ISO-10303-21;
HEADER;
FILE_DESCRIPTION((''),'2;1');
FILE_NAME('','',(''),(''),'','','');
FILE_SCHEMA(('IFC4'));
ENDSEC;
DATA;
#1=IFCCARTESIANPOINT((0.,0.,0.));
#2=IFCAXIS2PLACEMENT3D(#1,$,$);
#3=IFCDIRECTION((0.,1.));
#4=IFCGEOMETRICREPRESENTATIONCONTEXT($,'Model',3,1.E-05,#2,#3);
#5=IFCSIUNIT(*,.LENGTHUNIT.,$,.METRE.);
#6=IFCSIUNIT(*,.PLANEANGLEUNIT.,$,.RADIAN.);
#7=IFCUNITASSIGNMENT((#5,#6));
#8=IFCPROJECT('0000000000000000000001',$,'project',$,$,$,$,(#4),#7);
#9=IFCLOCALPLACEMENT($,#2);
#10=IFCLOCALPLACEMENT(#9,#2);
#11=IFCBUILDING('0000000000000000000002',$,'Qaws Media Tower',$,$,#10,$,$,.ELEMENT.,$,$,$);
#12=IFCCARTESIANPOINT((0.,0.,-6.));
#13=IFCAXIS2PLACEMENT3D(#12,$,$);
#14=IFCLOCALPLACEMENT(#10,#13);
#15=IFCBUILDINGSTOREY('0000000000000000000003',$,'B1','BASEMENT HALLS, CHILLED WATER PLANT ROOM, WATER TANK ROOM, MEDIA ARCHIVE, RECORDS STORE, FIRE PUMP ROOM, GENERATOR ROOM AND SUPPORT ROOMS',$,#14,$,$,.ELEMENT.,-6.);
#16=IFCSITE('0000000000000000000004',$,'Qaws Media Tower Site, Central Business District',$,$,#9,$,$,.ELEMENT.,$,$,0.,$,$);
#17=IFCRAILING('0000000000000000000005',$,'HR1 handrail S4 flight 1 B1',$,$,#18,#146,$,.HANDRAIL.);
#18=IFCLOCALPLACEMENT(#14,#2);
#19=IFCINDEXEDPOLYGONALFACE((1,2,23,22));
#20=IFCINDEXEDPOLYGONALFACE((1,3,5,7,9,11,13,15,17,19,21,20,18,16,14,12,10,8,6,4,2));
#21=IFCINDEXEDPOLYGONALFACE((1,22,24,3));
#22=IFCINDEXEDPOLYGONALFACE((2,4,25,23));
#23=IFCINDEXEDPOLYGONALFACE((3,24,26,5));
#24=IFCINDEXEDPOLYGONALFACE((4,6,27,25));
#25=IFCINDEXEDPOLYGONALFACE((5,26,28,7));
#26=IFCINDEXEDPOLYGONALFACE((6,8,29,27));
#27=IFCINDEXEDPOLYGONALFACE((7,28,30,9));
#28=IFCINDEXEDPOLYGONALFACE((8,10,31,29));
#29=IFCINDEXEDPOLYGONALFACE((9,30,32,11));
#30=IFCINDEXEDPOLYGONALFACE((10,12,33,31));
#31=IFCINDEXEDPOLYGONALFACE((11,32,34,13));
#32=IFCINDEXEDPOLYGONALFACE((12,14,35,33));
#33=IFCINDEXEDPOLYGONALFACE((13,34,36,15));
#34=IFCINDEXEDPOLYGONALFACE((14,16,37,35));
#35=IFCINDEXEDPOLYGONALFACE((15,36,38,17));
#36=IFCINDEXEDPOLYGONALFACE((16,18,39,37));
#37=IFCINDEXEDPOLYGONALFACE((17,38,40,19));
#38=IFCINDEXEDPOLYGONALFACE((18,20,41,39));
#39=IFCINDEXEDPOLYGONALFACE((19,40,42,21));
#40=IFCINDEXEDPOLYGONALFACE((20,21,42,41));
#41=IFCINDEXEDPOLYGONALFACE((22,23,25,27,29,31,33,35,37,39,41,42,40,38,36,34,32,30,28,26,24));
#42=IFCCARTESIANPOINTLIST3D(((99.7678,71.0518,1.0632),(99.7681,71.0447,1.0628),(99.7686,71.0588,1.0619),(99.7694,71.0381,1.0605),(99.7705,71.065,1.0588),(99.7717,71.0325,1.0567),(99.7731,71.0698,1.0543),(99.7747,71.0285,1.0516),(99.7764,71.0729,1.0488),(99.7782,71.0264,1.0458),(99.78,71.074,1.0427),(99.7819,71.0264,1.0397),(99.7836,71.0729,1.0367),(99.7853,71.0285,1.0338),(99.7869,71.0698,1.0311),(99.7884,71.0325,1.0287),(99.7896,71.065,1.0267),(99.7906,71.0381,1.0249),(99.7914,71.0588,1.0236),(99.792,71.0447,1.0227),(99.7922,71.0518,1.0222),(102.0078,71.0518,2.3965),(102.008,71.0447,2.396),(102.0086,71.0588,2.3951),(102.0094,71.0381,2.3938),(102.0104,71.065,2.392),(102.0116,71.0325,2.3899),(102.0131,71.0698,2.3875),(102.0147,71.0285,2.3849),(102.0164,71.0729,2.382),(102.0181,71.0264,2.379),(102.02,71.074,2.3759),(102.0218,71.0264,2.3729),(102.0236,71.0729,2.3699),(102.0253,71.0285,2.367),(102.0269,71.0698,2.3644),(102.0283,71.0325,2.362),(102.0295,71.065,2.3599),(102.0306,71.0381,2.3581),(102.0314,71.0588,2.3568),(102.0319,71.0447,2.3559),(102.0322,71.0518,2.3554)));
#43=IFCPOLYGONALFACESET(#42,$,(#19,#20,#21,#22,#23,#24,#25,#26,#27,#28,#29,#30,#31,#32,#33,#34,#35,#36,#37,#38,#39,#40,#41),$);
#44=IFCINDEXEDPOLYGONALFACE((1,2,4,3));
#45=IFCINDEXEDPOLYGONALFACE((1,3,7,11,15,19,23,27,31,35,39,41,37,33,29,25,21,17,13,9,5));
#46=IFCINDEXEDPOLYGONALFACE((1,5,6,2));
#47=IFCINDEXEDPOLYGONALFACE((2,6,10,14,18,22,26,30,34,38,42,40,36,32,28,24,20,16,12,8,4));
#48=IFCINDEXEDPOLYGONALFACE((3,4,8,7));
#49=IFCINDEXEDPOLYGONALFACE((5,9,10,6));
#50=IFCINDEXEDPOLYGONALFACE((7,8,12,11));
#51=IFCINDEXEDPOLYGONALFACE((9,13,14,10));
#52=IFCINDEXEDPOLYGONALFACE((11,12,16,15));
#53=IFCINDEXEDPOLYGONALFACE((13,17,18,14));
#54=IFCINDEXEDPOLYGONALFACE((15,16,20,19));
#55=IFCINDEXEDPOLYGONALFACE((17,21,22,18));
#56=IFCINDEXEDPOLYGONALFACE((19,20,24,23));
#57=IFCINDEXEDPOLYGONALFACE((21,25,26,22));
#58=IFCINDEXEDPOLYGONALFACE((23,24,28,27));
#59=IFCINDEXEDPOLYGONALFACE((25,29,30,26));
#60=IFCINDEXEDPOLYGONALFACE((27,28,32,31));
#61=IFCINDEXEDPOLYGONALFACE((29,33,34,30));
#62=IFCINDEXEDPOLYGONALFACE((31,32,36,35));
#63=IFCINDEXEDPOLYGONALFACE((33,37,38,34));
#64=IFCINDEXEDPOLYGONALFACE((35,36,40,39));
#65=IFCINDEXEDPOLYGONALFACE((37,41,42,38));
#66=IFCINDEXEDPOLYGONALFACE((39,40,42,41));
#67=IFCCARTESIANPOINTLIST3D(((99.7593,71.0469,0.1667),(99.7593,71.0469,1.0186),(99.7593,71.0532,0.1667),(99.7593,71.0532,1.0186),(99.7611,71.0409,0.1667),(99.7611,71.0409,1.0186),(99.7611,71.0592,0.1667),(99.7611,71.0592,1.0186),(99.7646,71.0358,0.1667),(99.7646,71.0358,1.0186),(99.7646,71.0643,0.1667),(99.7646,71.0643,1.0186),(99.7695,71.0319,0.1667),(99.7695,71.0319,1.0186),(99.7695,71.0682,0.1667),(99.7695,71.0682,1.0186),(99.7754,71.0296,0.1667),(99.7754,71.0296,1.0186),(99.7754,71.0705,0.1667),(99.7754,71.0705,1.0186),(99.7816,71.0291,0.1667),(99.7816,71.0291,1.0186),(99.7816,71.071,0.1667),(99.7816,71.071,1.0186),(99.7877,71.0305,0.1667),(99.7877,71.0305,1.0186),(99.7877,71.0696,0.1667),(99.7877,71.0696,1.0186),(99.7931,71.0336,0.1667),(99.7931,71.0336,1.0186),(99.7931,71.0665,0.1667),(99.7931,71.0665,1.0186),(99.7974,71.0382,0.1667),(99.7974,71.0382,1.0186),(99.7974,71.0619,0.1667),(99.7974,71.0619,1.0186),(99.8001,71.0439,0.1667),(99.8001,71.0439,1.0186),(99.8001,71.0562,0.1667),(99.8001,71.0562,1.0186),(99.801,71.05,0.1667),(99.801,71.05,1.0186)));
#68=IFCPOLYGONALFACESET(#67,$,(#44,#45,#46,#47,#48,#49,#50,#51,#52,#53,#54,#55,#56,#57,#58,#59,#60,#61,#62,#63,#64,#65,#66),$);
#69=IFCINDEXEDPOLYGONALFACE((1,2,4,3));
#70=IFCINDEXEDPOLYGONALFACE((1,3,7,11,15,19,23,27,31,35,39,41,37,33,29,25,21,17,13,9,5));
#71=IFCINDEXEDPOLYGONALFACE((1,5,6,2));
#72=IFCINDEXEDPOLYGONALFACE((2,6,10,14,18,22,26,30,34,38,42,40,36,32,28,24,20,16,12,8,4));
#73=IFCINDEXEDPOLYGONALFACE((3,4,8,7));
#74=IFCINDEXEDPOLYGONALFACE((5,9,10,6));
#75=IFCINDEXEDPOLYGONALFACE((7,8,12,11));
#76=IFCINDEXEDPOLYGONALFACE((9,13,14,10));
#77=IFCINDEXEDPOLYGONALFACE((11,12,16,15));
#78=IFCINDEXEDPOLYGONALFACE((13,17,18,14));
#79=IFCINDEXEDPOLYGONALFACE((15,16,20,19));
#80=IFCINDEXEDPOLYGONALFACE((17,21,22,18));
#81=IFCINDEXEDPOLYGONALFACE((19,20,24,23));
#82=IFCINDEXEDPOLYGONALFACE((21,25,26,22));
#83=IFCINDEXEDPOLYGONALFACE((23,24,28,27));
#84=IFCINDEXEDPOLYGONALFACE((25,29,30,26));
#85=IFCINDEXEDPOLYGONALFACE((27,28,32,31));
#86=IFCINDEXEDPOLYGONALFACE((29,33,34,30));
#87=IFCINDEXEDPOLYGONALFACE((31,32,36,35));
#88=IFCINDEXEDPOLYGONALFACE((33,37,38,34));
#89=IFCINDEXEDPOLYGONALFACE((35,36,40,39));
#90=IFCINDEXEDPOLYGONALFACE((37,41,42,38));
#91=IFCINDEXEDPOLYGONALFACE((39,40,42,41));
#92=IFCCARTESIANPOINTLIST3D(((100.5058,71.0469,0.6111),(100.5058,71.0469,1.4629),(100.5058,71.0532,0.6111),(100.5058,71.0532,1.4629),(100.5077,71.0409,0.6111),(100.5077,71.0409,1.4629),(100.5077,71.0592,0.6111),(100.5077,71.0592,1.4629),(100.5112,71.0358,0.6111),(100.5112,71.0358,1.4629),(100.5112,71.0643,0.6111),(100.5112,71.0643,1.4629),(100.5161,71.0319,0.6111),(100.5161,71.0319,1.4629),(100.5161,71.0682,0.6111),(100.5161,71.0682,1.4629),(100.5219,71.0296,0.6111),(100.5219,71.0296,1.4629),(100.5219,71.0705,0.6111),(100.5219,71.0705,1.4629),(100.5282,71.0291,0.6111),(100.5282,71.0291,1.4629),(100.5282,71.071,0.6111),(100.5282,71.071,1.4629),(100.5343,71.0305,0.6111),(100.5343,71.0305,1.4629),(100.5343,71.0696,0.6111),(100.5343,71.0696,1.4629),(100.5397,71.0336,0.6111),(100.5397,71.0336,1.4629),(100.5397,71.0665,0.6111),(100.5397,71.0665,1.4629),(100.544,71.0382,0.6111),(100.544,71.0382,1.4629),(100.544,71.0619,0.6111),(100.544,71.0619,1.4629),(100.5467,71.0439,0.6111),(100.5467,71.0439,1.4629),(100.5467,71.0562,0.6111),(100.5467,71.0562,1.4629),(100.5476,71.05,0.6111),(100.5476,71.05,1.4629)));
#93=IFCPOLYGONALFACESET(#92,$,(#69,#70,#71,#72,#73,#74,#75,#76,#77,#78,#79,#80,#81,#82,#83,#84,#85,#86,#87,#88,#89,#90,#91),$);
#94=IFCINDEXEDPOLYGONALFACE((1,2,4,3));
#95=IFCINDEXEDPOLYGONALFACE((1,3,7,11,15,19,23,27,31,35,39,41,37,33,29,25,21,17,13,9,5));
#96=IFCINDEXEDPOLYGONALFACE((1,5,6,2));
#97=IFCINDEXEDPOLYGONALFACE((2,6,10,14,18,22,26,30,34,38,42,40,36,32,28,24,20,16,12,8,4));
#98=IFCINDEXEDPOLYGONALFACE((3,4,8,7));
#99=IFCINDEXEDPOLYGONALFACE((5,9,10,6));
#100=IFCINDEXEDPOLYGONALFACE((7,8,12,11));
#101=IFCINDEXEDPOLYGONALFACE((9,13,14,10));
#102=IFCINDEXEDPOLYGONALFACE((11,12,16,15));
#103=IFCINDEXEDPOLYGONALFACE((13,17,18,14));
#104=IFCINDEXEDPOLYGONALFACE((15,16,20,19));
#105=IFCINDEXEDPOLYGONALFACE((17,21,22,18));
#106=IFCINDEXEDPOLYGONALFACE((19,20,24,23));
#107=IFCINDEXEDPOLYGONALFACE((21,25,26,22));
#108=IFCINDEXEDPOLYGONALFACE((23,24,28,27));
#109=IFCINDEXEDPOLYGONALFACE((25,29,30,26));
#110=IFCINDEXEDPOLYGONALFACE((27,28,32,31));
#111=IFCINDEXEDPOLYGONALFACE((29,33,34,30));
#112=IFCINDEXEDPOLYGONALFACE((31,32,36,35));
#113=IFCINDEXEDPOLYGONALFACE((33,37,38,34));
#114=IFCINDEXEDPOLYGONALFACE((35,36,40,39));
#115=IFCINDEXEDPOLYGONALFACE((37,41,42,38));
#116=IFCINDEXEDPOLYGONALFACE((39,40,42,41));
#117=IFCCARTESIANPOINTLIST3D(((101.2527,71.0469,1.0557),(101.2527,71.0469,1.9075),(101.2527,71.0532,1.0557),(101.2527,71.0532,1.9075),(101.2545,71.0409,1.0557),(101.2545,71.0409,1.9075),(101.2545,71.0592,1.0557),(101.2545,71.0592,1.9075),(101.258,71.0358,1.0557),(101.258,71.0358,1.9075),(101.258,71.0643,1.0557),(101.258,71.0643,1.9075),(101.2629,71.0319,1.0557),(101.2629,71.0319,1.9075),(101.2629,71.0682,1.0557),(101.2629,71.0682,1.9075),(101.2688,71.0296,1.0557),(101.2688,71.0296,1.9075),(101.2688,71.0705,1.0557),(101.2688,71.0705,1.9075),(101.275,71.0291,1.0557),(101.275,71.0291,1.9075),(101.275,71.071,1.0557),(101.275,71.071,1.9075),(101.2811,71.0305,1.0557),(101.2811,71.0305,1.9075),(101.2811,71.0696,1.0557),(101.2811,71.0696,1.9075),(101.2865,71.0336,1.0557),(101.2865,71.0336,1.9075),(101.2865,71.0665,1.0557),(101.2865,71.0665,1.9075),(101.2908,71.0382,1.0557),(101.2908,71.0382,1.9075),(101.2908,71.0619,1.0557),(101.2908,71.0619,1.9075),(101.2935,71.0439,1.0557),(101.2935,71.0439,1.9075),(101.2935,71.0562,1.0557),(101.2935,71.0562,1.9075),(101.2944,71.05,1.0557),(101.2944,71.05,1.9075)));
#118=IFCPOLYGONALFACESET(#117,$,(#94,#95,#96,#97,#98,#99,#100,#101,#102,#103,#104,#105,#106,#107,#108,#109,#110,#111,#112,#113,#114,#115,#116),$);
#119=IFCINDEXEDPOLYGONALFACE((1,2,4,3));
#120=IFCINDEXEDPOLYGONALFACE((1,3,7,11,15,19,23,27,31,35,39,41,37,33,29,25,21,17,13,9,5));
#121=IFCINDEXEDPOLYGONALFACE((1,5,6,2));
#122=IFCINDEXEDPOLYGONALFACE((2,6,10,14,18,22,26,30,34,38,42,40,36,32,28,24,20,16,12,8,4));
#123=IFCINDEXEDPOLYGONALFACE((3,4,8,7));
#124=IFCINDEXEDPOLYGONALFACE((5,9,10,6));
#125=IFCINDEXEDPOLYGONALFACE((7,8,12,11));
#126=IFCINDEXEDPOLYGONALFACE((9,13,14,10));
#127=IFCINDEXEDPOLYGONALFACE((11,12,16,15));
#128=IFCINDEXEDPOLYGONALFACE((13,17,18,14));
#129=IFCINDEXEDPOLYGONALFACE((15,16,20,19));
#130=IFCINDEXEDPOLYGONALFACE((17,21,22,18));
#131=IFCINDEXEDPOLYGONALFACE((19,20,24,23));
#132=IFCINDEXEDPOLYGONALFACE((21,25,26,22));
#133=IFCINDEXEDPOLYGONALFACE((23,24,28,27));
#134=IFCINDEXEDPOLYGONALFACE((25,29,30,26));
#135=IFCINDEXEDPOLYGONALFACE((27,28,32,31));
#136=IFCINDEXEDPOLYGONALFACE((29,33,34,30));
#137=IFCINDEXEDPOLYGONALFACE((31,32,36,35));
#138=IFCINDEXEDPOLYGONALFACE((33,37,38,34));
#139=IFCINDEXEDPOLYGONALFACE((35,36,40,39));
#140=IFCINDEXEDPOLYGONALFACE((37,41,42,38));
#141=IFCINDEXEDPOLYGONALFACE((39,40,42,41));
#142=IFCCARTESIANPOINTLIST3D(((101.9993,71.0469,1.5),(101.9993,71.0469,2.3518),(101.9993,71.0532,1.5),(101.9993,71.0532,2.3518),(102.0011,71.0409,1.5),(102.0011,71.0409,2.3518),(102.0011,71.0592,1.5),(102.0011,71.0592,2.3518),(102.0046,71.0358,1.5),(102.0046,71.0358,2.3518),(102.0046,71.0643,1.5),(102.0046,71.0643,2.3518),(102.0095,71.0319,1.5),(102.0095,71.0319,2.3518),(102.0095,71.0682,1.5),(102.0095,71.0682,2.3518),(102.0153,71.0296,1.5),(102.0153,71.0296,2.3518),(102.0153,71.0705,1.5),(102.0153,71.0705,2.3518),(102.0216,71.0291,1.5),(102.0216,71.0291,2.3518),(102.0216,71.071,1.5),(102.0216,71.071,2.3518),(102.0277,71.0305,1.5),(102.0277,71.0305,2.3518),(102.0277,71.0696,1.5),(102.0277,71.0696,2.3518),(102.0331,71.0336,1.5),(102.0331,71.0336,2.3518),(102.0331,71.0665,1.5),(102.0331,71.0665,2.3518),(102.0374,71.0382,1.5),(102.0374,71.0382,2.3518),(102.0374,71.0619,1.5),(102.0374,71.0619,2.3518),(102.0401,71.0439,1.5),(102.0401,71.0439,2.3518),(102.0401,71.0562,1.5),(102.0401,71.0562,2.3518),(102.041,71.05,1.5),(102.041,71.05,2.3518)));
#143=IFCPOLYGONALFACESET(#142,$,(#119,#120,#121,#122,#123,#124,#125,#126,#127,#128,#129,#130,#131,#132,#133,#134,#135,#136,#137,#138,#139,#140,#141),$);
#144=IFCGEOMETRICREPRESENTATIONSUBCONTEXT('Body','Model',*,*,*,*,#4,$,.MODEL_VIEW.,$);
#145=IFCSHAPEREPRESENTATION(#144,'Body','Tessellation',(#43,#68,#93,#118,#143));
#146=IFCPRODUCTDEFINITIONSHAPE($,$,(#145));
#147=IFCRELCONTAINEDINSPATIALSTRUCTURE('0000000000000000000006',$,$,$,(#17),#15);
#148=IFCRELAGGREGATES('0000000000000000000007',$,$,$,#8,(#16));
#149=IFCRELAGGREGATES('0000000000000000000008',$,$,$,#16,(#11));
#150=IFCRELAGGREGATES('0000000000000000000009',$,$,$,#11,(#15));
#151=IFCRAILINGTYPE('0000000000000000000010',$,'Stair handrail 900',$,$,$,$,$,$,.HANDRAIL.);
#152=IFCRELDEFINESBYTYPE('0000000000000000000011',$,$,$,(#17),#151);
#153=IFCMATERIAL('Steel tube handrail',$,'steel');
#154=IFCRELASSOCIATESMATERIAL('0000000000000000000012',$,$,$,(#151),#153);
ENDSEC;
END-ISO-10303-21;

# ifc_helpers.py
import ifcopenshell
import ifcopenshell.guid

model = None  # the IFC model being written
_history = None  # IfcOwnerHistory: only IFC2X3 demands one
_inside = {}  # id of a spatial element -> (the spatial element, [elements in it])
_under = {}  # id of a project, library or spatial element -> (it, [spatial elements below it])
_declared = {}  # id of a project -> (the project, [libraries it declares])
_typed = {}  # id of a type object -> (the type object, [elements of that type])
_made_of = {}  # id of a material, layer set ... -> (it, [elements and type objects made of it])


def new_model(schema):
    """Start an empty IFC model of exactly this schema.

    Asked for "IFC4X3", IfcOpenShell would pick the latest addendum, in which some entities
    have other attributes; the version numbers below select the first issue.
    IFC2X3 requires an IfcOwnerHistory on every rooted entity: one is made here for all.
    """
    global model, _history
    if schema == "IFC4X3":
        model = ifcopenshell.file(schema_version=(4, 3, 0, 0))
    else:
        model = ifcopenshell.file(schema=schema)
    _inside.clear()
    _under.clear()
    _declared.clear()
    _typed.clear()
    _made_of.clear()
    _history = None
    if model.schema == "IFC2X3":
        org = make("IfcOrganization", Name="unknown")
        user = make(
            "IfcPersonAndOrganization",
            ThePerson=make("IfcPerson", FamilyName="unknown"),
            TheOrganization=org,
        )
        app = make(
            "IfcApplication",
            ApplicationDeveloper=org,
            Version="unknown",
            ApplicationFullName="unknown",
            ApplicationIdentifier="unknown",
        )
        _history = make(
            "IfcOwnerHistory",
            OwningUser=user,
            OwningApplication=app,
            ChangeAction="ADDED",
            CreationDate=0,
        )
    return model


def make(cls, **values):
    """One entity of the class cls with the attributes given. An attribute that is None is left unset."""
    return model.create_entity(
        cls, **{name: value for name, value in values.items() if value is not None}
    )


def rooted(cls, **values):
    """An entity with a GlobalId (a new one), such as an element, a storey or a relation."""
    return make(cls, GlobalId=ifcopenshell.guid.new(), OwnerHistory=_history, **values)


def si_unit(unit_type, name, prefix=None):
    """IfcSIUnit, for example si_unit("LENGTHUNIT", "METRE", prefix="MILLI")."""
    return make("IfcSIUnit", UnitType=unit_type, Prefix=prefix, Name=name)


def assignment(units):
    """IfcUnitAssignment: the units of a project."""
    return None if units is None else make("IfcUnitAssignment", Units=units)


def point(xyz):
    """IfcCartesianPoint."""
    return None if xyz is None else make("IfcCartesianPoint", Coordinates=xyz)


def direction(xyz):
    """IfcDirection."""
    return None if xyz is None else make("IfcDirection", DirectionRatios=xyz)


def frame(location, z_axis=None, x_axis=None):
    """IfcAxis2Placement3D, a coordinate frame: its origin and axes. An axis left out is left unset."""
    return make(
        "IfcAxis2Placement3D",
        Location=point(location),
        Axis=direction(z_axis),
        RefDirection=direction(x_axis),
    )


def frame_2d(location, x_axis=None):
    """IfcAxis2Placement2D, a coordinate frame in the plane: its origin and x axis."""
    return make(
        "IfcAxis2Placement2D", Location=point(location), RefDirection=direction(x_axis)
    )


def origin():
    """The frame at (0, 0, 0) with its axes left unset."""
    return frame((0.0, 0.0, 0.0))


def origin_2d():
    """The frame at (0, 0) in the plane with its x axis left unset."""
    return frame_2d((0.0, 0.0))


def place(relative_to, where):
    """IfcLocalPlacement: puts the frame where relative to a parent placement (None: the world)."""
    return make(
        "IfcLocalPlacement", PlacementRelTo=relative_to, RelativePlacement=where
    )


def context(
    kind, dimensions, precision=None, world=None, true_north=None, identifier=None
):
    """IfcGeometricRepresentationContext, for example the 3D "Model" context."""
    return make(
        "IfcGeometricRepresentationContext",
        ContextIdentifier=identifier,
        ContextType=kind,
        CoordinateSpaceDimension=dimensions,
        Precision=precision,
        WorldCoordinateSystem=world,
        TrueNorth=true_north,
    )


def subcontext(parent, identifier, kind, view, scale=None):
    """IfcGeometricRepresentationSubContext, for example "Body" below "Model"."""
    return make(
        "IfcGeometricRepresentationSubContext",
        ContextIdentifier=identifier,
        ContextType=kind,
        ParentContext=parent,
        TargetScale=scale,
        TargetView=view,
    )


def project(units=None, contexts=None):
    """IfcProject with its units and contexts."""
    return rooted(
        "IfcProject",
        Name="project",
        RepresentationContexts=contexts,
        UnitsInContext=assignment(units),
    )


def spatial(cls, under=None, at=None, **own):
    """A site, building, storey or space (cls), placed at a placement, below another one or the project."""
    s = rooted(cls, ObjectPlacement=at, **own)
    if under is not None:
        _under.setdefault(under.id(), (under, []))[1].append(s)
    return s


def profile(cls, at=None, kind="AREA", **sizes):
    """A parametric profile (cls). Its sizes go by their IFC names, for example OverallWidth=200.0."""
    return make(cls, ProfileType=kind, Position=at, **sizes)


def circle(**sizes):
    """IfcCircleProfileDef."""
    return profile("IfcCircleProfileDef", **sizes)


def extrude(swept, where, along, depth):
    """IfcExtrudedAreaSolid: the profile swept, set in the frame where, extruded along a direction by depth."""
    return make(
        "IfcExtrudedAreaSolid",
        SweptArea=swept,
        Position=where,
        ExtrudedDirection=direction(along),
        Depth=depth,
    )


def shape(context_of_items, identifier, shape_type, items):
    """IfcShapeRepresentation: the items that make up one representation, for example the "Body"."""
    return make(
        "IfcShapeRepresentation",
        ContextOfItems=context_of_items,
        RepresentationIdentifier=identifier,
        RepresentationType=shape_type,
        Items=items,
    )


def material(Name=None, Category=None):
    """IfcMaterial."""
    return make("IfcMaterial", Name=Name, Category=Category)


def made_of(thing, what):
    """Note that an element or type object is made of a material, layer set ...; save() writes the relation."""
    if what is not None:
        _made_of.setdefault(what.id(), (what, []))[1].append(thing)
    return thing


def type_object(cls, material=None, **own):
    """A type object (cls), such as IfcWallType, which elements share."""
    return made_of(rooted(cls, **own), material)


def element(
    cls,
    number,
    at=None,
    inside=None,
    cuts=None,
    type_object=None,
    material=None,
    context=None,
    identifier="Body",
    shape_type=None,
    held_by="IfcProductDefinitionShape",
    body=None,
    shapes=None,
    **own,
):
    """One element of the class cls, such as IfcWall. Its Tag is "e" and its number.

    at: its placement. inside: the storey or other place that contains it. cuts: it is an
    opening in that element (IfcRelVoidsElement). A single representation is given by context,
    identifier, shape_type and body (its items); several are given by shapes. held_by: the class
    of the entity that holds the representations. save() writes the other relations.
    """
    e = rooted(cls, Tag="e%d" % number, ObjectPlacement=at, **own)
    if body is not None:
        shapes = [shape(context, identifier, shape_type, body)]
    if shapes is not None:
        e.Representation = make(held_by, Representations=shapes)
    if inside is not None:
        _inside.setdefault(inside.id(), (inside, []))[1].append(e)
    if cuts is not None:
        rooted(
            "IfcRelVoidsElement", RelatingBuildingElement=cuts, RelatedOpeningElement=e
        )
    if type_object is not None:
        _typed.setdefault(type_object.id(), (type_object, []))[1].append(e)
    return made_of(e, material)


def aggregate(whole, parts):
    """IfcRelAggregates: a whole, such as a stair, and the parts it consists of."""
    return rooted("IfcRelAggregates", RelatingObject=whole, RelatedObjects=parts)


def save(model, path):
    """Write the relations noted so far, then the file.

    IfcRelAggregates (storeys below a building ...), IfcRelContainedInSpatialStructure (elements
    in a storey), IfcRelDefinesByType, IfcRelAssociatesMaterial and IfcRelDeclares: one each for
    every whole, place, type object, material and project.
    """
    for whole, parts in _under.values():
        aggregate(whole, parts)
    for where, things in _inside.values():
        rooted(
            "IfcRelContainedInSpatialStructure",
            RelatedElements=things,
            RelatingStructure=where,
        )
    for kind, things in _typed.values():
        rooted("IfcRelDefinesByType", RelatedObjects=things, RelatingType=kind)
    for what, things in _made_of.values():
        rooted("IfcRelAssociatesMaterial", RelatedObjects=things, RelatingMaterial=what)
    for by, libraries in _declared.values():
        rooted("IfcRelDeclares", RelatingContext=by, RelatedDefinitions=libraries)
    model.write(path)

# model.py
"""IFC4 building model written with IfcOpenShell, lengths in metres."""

from ifc_helpers import new_model, si_unit, direction, frame, origin, origin_2d, place, context, subcontext, project, spatial, circle, extrude, material, type_object, element, save


model = new_model("IFC4")

# Units and contexts
model_context = context("Model", 3, precision=1e-05, world=origin(), true_north=direction((0.0, 1.0)))
body_context = subcontext(model_context, "Body", "Model", "MODEL_VIEW")
ifc_project = project(units=[si_unit("LENGTHUNIT", "METRE"), si_unit("PLANEANGLEUNIT", "RADIAN")], contexts=[model_context])

# Site, building, storey
site_placement = place(None, origin())
site = spatial("IfcSite", under=ifc_project, at=site_placement, Name="Qaws Media Tower Site, Central Business District", CompositionType="ELEMENT", RefElevation=0.0)
building_placement = place(site_placement, origin())
building = spatial("IfcBuilding", under=site, at=building_placement, Name="Qaws Media Tower", CompositionType="ELEMENT")
storey_placement = place(building_placement, frame((0.0, 0.0, -6.0)))
storey = spatial("IfcBuildingStorey", under=building, at=storey_placement, Name="B1", Description="BASEMENT HALLS, CHILLED WATER PLANT ROOM, WATER TANK ROOM, MEDIA ARCHIVE, RECORDS STORE, FIRE PUMP ROOM, GENERATOR ROOM AND SUPPORT ROOMS", CompositionType="ELEMENT", Elevation=-6.0)

# Railing
ifc_material_1 = material(Name="Steel tube handrail", Category="steel")
railing_type = type_object("IfcRailingType", Name="Stair handrail 900", PredefinedType="HANDRAIL", material=ifc_material_1)
for number, where, name in (
    (1, (99.78, 71.05, 0.1667), "HR1 handrail S4 flight 1 B1"),
):
    element("IfcRailing", number, at=place(storey_placement, frame(where)), inside=storey, type_object=railing_type, Name=name, PredefinedType="HANDRAIL", context=body_context, shape_type="SweptSolid", body=[
        extrude(circle(Radius=0.0239, at=origin_2d()), frame((0.0, 0.0, 0.876), z_axis=(0.859306, 0.0, 0.511462), x_axis=(0.0, 1.0, 0.0)), (0.0, 0.0, 1.0), 2.6067),
        extrude(circle(Radius=0.021, at=origin_2d()), origin(), (0.0, 0.0, 1.0), 0.8518),
        extrude(circle(Radius=0.021, at=origin_2d()), frame((0.7466, 0.0, 0.4443)), (0.0, 0.0, 1.0), 0.8518),
        extrude(circle(Radius=0.021, at=origin_2d()), frame((1.4934, 0.0, 0.8889)), (0.0, 0.0, 1.0), 0.8518),
        extrude(circle(Radius=0.021, at=origin_2d()), frame((2.24, 0.0, 1.3333)), (0.0, 0.0, 1.0), 0.8518),
    ])

save(model, "model.ifc")
